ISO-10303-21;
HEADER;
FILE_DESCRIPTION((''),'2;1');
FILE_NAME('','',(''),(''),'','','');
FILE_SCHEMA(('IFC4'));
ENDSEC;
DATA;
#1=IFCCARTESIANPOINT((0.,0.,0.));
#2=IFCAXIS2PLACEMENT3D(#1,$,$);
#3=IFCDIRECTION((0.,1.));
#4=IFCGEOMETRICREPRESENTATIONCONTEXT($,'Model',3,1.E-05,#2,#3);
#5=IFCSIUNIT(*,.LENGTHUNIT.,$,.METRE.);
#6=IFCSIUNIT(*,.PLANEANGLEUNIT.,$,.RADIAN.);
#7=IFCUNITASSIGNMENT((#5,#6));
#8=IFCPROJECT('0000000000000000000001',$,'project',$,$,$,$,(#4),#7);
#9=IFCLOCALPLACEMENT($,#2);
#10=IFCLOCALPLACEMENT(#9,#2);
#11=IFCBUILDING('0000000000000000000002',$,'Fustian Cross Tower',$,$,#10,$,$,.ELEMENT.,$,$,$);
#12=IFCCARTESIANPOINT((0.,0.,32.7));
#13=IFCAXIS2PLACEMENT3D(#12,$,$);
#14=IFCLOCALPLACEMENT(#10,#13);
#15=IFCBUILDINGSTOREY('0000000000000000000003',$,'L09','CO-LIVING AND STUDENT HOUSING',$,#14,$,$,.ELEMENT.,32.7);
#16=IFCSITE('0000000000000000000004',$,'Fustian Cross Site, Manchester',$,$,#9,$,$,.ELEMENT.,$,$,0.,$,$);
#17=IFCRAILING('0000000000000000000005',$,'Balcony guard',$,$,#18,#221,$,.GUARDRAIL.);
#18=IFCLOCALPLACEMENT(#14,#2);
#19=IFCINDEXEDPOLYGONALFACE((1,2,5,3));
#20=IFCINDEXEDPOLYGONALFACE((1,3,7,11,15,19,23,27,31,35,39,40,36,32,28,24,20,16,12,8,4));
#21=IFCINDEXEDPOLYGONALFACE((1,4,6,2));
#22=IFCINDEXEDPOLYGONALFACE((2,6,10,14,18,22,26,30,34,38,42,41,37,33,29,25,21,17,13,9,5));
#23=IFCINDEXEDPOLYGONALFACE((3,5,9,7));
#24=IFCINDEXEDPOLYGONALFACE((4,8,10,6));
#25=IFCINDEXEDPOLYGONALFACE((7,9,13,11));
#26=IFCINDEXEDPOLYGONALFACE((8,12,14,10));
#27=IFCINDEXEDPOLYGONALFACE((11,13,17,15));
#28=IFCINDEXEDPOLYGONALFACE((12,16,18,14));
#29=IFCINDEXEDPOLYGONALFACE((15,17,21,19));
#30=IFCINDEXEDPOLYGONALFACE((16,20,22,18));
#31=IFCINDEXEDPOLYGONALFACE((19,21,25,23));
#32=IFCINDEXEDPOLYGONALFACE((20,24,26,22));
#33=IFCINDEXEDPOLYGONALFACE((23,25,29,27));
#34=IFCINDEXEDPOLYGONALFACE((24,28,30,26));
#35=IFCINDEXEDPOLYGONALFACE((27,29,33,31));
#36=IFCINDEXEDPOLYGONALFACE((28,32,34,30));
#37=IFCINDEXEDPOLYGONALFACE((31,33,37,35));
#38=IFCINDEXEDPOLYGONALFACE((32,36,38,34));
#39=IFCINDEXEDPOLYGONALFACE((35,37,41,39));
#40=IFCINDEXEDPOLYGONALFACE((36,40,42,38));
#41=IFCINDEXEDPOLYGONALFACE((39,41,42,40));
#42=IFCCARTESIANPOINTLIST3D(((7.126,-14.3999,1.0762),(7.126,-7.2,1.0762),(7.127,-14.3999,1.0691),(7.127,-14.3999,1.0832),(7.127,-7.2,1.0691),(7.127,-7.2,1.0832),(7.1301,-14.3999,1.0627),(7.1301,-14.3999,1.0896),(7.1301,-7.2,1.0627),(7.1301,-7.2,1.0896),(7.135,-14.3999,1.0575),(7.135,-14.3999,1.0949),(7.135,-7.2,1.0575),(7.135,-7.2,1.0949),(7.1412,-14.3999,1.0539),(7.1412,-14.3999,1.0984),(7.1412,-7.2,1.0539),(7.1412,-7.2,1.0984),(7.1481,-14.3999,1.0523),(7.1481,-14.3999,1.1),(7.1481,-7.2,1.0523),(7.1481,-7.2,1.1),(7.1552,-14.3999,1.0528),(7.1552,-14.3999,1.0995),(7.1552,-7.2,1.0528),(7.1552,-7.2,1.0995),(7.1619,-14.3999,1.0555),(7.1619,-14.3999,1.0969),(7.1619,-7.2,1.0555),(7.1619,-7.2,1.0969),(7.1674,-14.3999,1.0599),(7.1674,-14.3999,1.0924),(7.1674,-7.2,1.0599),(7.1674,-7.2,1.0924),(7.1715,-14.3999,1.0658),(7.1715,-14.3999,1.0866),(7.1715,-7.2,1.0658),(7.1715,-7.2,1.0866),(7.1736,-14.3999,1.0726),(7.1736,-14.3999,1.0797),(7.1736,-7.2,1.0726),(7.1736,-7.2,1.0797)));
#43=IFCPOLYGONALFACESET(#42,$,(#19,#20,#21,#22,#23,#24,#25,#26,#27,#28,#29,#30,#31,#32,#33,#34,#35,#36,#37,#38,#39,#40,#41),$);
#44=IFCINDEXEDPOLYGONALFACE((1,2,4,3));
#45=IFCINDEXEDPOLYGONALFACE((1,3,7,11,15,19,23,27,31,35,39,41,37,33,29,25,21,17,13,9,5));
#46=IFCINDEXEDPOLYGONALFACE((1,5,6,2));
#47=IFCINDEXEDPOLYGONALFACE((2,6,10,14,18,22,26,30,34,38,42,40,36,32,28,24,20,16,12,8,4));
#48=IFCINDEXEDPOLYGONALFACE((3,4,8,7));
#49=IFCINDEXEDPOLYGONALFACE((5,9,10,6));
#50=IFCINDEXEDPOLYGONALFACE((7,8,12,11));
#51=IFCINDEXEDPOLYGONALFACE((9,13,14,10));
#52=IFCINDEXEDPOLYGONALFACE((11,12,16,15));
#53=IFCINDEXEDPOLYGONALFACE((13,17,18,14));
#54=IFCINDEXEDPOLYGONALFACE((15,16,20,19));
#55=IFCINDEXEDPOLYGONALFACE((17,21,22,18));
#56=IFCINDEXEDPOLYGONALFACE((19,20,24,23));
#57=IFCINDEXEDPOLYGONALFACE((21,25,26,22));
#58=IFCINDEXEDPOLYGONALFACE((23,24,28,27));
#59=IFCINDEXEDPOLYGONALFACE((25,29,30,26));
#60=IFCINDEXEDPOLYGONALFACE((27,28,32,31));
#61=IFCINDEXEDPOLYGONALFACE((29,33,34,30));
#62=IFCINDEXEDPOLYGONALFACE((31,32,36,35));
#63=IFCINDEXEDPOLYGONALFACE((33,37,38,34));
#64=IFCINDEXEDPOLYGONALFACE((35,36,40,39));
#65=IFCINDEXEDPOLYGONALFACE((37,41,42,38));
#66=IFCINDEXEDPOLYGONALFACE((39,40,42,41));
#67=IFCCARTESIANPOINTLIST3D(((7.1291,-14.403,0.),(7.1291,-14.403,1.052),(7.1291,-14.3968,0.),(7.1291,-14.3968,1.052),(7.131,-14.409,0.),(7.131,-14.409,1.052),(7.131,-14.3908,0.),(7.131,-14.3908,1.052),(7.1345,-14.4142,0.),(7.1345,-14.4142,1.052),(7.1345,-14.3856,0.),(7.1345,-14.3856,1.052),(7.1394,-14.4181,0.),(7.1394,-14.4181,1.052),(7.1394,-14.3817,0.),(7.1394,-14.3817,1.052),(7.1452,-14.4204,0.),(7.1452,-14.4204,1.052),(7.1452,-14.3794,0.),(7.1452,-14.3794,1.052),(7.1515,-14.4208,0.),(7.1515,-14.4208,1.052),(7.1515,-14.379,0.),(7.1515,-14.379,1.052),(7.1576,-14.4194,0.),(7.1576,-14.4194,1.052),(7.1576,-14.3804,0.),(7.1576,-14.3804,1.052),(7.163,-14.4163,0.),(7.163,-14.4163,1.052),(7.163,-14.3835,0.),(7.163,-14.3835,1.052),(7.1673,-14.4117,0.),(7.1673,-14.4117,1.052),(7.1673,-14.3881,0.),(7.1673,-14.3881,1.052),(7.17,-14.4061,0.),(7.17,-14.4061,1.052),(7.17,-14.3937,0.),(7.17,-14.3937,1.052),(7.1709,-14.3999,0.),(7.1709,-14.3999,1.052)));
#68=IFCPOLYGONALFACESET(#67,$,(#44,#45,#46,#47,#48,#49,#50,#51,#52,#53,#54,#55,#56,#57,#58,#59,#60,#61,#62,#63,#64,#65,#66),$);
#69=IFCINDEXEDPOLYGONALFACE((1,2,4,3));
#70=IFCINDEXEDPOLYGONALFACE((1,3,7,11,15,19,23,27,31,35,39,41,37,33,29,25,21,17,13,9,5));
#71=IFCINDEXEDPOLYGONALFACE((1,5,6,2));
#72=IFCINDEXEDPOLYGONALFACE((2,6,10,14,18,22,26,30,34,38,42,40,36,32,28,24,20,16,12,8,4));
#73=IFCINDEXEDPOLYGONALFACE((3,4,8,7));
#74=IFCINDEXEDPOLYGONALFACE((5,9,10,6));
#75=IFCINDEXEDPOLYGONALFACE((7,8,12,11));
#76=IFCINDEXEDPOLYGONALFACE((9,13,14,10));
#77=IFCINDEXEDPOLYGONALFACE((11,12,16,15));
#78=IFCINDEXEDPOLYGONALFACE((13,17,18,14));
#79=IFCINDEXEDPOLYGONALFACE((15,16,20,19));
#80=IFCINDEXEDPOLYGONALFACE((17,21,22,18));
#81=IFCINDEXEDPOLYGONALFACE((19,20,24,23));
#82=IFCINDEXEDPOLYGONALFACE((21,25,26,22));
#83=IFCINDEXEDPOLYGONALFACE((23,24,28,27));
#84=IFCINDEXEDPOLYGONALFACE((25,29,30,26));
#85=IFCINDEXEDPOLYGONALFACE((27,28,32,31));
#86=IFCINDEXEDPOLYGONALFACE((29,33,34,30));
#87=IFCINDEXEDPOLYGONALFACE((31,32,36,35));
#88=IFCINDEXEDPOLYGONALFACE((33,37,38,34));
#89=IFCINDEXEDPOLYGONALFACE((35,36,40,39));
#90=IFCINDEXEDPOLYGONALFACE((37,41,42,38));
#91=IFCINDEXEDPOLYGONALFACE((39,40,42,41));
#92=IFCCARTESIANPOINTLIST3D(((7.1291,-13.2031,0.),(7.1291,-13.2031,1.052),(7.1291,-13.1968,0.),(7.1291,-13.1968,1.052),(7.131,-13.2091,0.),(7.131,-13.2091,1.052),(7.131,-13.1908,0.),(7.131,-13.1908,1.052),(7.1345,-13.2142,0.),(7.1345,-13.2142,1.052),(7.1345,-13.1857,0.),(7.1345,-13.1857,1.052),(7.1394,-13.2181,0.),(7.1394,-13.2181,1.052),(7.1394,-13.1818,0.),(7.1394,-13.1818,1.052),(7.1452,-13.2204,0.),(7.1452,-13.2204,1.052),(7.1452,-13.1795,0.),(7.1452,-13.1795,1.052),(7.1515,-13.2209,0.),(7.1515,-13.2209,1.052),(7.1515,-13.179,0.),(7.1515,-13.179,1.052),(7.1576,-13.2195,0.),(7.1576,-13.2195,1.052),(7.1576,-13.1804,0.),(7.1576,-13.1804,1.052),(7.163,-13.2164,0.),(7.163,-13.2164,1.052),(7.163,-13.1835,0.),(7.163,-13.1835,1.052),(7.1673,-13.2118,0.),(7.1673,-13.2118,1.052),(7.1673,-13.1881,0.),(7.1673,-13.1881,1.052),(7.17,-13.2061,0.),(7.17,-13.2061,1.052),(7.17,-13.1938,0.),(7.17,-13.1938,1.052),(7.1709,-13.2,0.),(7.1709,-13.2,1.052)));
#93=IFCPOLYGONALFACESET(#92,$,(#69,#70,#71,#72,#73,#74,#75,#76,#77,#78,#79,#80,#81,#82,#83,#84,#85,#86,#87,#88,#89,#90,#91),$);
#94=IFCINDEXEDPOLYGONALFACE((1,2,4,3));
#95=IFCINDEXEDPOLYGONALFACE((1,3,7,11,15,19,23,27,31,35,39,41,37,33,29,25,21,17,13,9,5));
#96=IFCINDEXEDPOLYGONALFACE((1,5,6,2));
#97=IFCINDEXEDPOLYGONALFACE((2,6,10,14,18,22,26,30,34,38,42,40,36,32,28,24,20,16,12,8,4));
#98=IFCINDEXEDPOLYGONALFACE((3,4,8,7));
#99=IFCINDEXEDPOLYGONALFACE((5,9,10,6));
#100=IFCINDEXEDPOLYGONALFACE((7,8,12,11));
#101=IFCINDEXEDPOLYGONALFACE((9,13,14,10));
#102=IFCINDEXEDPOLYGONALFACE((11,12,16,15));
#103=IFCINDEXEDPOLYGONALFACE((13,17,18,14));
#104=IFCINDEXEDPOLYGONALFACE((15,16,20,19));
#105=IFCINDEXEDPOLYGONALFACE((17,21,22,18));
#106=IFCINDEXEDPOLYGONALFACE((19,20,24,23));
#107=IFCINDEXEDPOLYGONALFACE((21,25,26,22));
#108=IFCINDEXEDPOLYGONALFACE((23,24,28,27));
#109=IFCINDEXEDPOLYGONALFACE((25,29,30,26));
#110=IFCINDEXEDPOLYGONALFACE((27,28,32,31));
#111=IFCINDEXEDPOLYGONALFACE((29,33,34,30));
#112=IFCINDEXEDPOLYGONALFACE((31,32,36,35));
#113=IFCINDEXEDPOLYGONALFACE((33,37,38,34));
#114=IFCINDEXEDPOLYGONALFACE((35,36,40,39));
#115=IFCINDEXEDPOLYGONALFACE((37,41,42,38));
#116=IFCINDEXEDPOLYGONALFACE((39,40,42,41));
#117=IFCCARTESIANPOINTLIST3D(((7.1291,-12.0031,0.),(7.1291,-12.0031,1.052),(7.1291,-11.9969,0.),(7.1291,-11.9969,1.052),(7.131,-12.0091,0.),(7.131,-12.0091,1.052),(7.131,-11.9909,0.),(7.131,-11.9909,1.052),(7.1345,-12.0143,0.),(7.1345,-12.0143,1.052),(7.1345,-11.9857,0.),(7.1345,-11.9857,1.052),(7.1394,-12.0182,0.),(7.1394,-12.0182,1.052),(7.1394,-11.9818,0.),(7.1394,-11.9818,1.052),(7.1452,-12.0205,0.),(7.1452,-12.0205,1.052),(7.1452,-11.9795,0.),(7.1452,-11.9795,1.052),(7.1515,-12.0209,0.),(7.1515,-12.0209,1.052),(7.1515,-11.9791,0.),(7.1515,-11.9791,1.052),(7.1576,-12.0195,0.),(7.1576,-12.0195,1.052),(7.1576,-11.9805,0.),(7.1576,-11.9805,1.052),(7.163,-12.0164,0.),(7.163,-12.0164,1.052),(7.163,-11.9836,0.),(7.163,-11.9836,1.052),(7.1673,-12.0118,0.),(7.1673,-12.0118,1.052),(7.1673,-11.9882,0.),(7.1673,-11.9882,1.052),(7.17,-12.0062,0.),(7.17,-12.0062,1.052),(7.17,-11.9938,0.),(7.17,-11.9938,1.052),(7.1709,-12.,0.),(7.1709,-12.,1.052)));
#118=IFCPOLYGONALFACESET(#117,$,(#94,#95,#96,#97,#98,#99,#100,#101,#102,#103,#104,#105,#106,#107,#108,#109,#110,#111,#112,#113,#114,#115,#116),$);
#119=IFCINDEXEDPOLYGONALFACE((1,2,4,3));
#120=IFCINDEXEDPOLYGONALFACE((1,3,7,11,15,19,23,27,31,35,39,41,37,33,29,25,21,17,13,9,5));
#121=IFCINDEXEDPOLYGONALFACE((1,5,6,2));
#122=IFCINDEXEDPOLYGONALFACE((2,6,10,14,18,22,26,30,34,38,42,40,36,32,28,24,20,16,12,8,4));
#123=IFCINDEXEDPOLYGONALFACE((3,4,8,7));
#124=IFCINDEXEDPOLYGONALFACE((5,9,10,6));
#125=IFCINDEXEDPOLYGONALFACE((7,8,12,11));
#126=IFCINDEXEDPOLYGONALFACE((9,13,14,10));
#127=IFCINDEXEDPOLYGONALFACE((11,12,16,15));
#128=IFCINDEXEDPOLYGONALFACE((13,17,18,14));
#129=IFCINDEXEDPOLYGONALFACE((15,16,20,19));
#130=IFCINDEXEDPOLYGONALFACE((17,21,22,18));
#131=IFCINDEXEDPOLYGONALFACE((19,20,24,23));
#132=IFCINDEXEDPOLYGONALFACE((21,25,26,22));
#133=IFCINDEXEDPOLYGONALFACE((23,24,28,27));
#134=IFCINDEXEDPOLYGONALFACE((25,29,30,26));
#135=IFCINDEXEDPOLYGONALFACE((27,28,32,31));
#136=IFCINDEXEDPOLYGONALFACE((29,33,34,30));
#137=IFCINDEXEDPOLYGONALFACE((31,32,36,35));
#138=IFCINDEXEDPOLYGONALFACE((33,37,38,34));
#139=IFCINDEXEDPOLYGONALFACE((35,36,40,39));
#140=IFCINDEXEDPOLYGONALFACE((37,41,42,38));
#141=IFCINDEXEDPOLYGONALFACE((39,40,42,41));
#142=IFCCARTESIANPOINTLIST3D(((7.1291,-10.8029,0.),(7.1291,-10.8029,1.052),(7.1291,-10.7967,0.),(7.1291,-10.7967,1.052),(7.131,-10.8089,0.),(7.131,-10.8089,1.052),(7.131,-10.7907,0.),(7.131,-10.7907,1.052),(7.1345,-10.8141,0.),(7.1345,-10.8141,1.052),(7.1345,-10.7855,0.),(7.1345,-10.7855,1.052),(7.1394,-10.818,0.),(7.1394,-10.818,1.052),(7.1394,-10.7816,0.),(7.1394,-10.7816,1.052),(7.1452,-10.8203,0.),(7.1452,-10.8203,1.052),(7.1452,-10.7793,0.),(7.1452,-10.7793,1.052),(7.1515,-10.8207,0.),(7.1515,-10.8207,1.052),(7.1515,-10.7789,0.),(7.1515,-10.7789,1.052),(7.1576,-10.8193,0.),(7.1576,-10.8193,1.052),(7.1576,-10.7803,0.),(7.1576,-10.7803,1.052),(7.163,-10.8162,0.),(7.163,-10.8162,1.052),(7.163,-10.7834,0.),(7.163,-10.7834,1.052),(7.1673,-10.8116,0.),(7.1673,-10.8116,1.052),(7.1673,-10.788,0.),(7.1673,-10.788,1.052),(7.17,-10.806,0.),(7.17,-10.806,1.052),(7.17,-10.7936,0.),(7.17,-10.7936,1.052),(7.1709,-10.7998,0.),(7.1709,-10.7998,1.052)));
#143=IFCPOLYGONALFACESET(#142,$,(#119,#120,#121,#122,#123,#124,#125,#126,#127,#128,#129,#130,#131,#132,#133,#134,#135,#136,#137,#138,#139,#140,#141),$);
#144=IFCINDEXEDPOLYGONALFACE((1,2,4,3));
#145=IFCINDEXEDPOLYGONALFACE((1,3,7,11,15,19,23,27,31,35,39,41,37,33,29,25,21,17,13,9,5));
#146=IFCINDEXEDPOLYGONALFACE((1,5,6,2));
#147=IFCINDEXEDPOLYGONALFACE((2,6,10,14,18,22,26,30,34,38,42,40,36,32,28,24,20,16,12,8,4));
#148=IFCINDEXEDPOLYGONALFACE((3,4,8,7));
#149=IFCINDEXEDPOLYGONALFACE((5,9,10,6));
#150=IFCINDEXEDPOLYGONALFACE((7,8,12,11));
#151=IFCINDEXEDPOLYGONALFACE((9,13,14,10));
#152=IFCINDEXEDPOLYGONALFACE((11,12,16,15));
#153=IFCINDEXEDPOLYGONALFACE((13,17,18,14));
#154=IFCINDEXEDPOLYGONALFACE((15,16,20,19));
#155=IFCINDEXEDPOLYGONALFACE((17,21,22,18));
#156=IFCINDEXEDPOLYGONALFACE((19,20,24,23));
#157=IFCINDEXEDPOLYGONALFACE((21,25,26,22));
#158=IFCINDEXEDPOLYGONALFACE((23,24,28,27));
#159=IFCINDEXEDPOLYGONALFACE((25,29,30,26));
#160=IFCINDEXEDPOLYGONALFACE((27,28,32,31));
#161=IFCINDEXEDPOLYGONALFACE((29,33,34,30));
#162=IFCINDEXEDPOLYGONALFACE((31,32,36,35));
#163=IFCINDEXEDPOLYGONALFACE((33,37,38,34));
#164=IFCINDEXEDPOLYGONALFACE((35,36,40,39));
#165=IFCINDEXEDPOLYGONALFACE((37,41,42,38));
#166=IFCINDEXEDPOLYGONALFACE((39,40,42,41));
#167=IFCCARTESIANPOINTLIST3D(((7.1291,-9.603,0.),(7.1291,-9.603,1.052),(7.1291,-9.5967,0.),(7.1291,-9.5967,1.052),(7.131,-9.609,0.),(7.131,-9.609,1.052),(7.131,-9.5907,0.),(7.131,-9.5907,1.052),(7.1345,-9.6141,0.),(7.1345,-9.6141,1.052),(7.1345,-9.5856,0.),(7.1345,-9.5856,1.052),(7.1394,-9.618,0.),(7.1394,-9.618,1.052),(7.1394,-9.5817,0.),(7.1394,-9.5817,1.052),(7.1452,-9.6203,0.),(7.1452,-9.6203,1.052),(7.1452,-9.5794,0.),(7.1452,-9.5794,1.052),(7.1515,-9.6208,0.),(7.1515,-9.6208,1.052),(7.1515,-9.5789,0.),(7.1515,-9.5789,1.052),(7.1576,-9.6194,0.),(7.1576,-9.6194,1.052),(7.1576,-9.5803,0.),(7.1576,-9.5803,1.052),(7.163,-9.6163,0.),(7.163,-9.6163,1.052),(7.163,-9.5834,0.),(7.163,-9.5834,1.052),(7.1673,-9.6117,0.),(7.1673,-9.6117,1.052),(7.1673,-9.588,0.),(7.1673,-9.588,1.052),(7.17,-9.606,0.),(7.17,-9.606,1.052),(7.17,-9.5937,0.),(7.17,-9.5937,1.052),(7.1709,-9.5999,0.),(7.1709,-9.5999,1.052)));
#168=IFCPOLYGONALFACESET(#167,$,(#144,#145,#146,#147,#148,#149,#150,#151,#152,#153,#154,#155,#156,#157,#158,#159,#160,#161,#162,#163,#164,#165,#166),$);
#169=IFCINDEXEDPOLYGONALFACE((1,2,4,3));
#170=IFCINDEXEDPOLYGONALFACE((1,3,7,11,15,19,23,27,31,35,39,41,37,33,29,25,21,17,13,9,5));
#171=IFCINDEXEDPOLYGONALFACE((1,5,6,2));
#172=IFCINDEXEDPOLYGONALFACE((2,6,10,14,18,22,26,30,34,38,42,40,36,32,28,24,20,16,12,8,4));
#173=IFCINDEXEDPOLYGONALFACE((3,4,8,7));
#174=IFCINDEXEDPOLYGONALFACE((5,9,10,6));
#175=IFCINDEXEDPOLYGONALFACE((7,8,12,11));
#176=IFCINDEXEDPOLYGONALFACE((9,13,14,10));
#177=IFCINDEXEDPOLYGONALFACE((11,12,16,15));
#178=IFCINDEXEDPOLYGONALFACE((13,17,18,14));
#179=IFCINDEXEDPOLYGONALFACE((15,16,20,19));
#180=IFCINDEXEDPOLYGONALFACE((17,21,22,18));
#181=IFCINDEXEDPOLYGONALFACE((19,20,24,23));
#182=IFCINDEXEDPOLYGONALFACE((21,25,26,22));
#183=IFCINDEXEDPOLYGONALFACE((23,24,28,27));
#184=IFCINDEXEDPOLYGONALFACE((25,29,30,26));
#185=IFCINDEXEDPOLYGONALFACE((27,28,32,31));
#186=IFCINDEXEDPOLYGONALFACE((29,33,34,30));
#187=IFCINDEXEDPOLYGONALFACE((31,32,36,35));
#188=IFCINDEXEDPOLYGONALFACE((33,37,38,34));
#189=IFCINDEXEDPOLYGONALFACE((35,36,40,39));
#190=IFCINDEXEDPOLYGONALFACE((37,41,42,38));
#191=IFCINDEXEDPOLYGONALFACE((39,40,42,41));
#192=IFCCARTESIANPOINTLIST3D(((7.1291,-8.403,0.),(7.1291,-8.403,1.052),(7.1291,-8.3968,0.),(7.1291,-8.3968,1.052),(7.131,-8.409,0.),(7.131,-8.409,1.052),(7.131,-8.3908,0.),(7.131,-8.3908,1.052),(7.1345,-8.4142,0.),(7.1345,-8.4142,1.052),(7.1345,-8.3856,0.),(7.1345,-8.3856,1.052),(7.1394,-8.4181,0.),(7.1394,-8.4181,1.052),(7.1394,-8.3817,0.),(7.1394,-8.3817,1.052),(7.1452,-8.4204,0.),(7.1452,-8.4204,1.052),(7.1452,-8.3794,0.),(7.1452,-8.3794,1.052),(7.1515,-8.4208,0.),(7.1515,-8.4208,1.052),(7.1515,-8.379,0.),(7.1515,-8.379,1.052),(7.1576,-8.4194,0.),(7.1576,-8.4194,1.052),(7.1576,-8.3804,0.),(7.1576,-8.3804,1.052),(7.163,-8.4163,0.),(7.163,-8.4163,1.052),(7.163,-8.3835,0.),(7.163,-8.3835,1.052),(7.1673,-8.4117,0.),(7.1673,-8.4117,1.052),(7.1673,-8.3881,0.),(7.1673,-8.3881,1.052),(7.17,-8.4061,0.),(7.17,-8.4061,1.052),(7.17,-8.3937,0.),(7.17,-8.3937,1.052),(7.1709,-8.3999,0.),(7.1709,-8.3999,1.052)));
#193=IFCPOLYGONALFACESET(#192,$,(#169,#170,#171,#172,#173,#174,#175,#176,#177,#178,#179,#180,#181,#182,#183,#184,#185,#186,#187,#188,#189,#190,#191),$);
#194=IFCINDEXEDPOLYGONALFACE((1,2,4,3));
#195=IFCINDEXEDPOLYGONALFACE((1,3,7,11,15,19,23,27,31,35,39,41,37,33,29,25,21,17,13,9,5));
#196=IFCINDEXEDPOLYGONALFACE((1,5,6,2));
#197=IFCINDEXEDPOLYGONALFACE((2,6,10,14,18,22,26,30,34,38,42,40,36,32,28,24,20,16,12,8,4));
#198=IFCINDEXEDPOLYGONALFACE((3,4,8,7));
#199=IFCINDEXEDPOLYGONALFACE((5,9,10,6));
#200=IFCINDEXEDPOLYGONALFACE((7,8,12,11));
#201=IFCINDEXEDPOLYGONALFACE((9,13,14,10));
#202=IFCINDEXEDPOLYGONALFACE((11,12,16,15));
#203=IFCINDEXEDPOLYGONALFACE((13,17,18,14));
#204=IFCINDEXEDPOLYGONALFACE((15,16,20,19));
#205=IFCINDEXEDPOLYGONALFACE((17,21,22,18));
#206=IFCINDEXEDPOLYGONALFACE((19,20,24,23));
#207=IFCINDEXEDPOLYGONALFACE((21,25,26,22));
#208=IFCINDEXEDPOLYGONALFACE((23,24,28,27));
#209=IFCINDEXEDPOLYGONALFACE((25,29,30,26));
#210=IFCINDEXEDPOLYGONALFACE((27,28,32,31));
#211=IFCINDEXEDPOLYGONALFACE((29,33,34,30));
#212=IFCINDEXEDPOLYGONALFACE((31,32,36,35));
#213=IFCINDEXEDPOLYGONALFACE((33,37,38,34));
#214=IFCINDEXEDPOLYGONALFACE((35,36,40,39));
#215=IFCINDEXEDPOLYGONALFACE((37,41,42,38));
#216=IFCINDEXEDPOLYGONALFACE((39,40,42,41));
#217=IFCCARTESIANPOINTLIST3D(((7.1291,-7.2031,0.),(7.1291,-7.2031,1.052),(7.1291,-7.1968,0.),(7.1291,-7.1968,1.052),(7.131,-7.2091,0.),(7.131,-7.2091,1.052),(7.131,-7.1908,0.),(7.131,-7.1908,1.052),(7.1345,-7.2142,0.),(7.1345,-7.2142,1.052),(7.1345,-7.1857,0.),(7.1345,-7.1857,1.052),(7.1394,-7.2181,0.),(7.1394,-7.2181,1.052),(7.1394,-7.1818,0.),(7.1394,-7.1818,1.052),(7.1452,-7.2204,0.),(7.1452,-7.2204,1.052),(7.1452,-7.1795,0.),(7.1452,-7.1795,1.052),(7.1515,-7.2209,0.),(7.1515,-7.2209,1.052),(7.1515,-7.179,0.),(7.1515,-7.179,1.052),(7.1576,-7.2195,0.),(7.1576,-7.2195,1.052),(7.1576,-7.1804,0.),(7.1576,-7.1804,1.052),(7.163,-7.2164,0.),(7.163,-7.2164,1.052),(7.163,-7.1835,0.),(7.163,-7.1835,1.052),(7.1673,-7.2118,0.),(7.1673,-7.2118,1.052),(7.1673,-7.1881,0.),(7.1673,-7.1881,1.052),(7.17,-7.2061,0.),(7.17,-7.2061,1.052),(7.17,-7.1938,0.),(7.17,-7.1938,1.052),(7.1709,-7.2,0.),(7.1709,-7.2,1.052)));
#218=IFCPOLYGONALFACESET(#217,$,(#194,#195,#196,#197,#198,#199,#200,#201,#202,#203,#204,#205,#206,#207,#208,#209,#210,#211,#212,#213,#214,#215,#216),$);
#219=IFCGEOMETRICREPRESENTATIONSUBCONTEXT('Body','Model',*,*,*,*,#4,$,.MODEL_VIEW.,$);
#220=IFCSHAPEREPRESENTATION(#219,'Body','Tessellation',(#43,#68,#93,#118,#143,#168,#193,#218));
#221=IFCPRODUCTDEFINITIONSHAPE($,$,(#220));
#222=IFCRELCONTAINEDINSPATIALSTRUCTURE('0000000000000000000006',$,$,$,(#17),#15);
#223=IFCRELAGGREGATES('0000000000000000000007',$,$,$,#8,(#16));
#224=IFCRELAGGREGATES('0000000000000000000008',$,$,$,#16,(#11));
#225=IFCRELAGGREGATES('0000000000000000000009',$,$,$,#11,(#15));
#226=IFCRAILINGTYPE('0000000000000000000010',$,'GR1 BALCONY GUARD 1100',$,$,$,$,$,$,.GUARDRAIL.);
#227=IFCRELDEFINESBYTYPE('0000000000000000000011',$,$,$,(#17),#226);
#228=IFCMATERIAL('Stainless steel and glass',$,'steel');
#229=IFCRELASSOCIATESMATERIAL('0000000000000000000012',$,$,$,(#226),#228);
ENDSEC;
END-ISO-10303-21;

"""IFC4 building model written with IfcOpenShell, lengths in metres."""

from ifc_helpers import new_model, si_unit, direction, frame, origin, origin_2d, place, context, subcontext, project, spatial, circle, extrude, material, type_object, element, save


model = new_model("IFC4")

# Units and contexts
model_context = context("Model", 3, precision=1e-05, world=origin(), true_north=direction((0.0, 1.0)))
body_context = subcontext(model_context, "Body", "Model", "MODEL_VIEW")
ifc_project = project(units=[si_unit("LENGTHUNIT", "METRE"), si_unit("PLANEANGLEUNIT", "RADIAN")], contexts=[model_context])

# Site, building, storey
site_placement = place(None, origin())
site = spatial("IfcSite", under=ifc_project, at=site_placement, Name="Fustian Cross Site, Manchester", CompositionType="ELEMENT", RefElevation=0.0)
building_placement = place(site_placement, origin())
building = spatial("IfcBuilding", under=site, at=building_placement, Name="Fustian Cross Tower", CompositionType="ELEMENT")
storey_placement = place(building_placement, frame((0.0, 0.0, 32.7)))
storey = spatial("IfcBuildingStorey", under=building, at=storey_placement, Name="L09", Description="CO-LIVING AND STUDENT HOUSING", CompositionType="ELEMENT", Elevation=32.7)

# Railing
ifc_material_1 = material(Name="Stainless steel and glass", Category="steel")
railing_type = type_object("IfcRailingType", Name="GR1 BALCONY GUARD 1100", PredefinedType="GUARDRAIL", material=ifc_material_1)
railing_placement = place(storey_placement, frame((7.1499, -14.3999, 0.0)))
element("IfcRailing", 1, at=railing_placement, inside=storey, type_object=railing_type, Name="Balcony guard", PredefinedType="GUARDRAIL", context=body_context, shape_type="SweptSolid", body=[
    extrude(circle(Radius=0.0239, at=origin_2d()), frame((0.0, 0.0, 1.0762), z_axis=(0.0, 1.0, 0.0), x_axis=(-1.0, 0.0, 0.0)), (0.0, 0.0, 1.0), 7.2),
    extrude(circle(Radius=0.021, at=origin_2d()), origin(), (0.0, 0.0, 1.0), 1.052),
    extrude(circle(Radius=0.021, at=origin_2d()), frame((0.0, 1.2, 0.0)), (0.0, 0.0, 1.0), 1.052),
    extrude(circle(Radius=0.021, at=origin_2d()), frame((0.0, 2.3999, 0.0)), (0.0, 0.0, 1.0), 1.052),
    extrude(circle(Radius=0.021, at=origin_2d()), frame((0.0, 3.6001, 0.0)), (0.0, 0.0, 1.0), 1.052),
    extrude(circle(Radius=0.021, at=origin_2d()), frame((0.0, 4.8, 0.0)), (0.0, 0.0, 1.0), 1.052),
    extrude(circle(Radius=0.021, at=origin_2d()), frame((0.0, 6.0, 0.0)), (0.0, 0.0, 1.0), 1.052),
    extrude(circle(Radius=0.021, at=origin_2d()), frame((0.0, 7.2, 0.0)), (0.0, 0.0, 1.0), 1.052),
])

save(model, "model.ifc")
